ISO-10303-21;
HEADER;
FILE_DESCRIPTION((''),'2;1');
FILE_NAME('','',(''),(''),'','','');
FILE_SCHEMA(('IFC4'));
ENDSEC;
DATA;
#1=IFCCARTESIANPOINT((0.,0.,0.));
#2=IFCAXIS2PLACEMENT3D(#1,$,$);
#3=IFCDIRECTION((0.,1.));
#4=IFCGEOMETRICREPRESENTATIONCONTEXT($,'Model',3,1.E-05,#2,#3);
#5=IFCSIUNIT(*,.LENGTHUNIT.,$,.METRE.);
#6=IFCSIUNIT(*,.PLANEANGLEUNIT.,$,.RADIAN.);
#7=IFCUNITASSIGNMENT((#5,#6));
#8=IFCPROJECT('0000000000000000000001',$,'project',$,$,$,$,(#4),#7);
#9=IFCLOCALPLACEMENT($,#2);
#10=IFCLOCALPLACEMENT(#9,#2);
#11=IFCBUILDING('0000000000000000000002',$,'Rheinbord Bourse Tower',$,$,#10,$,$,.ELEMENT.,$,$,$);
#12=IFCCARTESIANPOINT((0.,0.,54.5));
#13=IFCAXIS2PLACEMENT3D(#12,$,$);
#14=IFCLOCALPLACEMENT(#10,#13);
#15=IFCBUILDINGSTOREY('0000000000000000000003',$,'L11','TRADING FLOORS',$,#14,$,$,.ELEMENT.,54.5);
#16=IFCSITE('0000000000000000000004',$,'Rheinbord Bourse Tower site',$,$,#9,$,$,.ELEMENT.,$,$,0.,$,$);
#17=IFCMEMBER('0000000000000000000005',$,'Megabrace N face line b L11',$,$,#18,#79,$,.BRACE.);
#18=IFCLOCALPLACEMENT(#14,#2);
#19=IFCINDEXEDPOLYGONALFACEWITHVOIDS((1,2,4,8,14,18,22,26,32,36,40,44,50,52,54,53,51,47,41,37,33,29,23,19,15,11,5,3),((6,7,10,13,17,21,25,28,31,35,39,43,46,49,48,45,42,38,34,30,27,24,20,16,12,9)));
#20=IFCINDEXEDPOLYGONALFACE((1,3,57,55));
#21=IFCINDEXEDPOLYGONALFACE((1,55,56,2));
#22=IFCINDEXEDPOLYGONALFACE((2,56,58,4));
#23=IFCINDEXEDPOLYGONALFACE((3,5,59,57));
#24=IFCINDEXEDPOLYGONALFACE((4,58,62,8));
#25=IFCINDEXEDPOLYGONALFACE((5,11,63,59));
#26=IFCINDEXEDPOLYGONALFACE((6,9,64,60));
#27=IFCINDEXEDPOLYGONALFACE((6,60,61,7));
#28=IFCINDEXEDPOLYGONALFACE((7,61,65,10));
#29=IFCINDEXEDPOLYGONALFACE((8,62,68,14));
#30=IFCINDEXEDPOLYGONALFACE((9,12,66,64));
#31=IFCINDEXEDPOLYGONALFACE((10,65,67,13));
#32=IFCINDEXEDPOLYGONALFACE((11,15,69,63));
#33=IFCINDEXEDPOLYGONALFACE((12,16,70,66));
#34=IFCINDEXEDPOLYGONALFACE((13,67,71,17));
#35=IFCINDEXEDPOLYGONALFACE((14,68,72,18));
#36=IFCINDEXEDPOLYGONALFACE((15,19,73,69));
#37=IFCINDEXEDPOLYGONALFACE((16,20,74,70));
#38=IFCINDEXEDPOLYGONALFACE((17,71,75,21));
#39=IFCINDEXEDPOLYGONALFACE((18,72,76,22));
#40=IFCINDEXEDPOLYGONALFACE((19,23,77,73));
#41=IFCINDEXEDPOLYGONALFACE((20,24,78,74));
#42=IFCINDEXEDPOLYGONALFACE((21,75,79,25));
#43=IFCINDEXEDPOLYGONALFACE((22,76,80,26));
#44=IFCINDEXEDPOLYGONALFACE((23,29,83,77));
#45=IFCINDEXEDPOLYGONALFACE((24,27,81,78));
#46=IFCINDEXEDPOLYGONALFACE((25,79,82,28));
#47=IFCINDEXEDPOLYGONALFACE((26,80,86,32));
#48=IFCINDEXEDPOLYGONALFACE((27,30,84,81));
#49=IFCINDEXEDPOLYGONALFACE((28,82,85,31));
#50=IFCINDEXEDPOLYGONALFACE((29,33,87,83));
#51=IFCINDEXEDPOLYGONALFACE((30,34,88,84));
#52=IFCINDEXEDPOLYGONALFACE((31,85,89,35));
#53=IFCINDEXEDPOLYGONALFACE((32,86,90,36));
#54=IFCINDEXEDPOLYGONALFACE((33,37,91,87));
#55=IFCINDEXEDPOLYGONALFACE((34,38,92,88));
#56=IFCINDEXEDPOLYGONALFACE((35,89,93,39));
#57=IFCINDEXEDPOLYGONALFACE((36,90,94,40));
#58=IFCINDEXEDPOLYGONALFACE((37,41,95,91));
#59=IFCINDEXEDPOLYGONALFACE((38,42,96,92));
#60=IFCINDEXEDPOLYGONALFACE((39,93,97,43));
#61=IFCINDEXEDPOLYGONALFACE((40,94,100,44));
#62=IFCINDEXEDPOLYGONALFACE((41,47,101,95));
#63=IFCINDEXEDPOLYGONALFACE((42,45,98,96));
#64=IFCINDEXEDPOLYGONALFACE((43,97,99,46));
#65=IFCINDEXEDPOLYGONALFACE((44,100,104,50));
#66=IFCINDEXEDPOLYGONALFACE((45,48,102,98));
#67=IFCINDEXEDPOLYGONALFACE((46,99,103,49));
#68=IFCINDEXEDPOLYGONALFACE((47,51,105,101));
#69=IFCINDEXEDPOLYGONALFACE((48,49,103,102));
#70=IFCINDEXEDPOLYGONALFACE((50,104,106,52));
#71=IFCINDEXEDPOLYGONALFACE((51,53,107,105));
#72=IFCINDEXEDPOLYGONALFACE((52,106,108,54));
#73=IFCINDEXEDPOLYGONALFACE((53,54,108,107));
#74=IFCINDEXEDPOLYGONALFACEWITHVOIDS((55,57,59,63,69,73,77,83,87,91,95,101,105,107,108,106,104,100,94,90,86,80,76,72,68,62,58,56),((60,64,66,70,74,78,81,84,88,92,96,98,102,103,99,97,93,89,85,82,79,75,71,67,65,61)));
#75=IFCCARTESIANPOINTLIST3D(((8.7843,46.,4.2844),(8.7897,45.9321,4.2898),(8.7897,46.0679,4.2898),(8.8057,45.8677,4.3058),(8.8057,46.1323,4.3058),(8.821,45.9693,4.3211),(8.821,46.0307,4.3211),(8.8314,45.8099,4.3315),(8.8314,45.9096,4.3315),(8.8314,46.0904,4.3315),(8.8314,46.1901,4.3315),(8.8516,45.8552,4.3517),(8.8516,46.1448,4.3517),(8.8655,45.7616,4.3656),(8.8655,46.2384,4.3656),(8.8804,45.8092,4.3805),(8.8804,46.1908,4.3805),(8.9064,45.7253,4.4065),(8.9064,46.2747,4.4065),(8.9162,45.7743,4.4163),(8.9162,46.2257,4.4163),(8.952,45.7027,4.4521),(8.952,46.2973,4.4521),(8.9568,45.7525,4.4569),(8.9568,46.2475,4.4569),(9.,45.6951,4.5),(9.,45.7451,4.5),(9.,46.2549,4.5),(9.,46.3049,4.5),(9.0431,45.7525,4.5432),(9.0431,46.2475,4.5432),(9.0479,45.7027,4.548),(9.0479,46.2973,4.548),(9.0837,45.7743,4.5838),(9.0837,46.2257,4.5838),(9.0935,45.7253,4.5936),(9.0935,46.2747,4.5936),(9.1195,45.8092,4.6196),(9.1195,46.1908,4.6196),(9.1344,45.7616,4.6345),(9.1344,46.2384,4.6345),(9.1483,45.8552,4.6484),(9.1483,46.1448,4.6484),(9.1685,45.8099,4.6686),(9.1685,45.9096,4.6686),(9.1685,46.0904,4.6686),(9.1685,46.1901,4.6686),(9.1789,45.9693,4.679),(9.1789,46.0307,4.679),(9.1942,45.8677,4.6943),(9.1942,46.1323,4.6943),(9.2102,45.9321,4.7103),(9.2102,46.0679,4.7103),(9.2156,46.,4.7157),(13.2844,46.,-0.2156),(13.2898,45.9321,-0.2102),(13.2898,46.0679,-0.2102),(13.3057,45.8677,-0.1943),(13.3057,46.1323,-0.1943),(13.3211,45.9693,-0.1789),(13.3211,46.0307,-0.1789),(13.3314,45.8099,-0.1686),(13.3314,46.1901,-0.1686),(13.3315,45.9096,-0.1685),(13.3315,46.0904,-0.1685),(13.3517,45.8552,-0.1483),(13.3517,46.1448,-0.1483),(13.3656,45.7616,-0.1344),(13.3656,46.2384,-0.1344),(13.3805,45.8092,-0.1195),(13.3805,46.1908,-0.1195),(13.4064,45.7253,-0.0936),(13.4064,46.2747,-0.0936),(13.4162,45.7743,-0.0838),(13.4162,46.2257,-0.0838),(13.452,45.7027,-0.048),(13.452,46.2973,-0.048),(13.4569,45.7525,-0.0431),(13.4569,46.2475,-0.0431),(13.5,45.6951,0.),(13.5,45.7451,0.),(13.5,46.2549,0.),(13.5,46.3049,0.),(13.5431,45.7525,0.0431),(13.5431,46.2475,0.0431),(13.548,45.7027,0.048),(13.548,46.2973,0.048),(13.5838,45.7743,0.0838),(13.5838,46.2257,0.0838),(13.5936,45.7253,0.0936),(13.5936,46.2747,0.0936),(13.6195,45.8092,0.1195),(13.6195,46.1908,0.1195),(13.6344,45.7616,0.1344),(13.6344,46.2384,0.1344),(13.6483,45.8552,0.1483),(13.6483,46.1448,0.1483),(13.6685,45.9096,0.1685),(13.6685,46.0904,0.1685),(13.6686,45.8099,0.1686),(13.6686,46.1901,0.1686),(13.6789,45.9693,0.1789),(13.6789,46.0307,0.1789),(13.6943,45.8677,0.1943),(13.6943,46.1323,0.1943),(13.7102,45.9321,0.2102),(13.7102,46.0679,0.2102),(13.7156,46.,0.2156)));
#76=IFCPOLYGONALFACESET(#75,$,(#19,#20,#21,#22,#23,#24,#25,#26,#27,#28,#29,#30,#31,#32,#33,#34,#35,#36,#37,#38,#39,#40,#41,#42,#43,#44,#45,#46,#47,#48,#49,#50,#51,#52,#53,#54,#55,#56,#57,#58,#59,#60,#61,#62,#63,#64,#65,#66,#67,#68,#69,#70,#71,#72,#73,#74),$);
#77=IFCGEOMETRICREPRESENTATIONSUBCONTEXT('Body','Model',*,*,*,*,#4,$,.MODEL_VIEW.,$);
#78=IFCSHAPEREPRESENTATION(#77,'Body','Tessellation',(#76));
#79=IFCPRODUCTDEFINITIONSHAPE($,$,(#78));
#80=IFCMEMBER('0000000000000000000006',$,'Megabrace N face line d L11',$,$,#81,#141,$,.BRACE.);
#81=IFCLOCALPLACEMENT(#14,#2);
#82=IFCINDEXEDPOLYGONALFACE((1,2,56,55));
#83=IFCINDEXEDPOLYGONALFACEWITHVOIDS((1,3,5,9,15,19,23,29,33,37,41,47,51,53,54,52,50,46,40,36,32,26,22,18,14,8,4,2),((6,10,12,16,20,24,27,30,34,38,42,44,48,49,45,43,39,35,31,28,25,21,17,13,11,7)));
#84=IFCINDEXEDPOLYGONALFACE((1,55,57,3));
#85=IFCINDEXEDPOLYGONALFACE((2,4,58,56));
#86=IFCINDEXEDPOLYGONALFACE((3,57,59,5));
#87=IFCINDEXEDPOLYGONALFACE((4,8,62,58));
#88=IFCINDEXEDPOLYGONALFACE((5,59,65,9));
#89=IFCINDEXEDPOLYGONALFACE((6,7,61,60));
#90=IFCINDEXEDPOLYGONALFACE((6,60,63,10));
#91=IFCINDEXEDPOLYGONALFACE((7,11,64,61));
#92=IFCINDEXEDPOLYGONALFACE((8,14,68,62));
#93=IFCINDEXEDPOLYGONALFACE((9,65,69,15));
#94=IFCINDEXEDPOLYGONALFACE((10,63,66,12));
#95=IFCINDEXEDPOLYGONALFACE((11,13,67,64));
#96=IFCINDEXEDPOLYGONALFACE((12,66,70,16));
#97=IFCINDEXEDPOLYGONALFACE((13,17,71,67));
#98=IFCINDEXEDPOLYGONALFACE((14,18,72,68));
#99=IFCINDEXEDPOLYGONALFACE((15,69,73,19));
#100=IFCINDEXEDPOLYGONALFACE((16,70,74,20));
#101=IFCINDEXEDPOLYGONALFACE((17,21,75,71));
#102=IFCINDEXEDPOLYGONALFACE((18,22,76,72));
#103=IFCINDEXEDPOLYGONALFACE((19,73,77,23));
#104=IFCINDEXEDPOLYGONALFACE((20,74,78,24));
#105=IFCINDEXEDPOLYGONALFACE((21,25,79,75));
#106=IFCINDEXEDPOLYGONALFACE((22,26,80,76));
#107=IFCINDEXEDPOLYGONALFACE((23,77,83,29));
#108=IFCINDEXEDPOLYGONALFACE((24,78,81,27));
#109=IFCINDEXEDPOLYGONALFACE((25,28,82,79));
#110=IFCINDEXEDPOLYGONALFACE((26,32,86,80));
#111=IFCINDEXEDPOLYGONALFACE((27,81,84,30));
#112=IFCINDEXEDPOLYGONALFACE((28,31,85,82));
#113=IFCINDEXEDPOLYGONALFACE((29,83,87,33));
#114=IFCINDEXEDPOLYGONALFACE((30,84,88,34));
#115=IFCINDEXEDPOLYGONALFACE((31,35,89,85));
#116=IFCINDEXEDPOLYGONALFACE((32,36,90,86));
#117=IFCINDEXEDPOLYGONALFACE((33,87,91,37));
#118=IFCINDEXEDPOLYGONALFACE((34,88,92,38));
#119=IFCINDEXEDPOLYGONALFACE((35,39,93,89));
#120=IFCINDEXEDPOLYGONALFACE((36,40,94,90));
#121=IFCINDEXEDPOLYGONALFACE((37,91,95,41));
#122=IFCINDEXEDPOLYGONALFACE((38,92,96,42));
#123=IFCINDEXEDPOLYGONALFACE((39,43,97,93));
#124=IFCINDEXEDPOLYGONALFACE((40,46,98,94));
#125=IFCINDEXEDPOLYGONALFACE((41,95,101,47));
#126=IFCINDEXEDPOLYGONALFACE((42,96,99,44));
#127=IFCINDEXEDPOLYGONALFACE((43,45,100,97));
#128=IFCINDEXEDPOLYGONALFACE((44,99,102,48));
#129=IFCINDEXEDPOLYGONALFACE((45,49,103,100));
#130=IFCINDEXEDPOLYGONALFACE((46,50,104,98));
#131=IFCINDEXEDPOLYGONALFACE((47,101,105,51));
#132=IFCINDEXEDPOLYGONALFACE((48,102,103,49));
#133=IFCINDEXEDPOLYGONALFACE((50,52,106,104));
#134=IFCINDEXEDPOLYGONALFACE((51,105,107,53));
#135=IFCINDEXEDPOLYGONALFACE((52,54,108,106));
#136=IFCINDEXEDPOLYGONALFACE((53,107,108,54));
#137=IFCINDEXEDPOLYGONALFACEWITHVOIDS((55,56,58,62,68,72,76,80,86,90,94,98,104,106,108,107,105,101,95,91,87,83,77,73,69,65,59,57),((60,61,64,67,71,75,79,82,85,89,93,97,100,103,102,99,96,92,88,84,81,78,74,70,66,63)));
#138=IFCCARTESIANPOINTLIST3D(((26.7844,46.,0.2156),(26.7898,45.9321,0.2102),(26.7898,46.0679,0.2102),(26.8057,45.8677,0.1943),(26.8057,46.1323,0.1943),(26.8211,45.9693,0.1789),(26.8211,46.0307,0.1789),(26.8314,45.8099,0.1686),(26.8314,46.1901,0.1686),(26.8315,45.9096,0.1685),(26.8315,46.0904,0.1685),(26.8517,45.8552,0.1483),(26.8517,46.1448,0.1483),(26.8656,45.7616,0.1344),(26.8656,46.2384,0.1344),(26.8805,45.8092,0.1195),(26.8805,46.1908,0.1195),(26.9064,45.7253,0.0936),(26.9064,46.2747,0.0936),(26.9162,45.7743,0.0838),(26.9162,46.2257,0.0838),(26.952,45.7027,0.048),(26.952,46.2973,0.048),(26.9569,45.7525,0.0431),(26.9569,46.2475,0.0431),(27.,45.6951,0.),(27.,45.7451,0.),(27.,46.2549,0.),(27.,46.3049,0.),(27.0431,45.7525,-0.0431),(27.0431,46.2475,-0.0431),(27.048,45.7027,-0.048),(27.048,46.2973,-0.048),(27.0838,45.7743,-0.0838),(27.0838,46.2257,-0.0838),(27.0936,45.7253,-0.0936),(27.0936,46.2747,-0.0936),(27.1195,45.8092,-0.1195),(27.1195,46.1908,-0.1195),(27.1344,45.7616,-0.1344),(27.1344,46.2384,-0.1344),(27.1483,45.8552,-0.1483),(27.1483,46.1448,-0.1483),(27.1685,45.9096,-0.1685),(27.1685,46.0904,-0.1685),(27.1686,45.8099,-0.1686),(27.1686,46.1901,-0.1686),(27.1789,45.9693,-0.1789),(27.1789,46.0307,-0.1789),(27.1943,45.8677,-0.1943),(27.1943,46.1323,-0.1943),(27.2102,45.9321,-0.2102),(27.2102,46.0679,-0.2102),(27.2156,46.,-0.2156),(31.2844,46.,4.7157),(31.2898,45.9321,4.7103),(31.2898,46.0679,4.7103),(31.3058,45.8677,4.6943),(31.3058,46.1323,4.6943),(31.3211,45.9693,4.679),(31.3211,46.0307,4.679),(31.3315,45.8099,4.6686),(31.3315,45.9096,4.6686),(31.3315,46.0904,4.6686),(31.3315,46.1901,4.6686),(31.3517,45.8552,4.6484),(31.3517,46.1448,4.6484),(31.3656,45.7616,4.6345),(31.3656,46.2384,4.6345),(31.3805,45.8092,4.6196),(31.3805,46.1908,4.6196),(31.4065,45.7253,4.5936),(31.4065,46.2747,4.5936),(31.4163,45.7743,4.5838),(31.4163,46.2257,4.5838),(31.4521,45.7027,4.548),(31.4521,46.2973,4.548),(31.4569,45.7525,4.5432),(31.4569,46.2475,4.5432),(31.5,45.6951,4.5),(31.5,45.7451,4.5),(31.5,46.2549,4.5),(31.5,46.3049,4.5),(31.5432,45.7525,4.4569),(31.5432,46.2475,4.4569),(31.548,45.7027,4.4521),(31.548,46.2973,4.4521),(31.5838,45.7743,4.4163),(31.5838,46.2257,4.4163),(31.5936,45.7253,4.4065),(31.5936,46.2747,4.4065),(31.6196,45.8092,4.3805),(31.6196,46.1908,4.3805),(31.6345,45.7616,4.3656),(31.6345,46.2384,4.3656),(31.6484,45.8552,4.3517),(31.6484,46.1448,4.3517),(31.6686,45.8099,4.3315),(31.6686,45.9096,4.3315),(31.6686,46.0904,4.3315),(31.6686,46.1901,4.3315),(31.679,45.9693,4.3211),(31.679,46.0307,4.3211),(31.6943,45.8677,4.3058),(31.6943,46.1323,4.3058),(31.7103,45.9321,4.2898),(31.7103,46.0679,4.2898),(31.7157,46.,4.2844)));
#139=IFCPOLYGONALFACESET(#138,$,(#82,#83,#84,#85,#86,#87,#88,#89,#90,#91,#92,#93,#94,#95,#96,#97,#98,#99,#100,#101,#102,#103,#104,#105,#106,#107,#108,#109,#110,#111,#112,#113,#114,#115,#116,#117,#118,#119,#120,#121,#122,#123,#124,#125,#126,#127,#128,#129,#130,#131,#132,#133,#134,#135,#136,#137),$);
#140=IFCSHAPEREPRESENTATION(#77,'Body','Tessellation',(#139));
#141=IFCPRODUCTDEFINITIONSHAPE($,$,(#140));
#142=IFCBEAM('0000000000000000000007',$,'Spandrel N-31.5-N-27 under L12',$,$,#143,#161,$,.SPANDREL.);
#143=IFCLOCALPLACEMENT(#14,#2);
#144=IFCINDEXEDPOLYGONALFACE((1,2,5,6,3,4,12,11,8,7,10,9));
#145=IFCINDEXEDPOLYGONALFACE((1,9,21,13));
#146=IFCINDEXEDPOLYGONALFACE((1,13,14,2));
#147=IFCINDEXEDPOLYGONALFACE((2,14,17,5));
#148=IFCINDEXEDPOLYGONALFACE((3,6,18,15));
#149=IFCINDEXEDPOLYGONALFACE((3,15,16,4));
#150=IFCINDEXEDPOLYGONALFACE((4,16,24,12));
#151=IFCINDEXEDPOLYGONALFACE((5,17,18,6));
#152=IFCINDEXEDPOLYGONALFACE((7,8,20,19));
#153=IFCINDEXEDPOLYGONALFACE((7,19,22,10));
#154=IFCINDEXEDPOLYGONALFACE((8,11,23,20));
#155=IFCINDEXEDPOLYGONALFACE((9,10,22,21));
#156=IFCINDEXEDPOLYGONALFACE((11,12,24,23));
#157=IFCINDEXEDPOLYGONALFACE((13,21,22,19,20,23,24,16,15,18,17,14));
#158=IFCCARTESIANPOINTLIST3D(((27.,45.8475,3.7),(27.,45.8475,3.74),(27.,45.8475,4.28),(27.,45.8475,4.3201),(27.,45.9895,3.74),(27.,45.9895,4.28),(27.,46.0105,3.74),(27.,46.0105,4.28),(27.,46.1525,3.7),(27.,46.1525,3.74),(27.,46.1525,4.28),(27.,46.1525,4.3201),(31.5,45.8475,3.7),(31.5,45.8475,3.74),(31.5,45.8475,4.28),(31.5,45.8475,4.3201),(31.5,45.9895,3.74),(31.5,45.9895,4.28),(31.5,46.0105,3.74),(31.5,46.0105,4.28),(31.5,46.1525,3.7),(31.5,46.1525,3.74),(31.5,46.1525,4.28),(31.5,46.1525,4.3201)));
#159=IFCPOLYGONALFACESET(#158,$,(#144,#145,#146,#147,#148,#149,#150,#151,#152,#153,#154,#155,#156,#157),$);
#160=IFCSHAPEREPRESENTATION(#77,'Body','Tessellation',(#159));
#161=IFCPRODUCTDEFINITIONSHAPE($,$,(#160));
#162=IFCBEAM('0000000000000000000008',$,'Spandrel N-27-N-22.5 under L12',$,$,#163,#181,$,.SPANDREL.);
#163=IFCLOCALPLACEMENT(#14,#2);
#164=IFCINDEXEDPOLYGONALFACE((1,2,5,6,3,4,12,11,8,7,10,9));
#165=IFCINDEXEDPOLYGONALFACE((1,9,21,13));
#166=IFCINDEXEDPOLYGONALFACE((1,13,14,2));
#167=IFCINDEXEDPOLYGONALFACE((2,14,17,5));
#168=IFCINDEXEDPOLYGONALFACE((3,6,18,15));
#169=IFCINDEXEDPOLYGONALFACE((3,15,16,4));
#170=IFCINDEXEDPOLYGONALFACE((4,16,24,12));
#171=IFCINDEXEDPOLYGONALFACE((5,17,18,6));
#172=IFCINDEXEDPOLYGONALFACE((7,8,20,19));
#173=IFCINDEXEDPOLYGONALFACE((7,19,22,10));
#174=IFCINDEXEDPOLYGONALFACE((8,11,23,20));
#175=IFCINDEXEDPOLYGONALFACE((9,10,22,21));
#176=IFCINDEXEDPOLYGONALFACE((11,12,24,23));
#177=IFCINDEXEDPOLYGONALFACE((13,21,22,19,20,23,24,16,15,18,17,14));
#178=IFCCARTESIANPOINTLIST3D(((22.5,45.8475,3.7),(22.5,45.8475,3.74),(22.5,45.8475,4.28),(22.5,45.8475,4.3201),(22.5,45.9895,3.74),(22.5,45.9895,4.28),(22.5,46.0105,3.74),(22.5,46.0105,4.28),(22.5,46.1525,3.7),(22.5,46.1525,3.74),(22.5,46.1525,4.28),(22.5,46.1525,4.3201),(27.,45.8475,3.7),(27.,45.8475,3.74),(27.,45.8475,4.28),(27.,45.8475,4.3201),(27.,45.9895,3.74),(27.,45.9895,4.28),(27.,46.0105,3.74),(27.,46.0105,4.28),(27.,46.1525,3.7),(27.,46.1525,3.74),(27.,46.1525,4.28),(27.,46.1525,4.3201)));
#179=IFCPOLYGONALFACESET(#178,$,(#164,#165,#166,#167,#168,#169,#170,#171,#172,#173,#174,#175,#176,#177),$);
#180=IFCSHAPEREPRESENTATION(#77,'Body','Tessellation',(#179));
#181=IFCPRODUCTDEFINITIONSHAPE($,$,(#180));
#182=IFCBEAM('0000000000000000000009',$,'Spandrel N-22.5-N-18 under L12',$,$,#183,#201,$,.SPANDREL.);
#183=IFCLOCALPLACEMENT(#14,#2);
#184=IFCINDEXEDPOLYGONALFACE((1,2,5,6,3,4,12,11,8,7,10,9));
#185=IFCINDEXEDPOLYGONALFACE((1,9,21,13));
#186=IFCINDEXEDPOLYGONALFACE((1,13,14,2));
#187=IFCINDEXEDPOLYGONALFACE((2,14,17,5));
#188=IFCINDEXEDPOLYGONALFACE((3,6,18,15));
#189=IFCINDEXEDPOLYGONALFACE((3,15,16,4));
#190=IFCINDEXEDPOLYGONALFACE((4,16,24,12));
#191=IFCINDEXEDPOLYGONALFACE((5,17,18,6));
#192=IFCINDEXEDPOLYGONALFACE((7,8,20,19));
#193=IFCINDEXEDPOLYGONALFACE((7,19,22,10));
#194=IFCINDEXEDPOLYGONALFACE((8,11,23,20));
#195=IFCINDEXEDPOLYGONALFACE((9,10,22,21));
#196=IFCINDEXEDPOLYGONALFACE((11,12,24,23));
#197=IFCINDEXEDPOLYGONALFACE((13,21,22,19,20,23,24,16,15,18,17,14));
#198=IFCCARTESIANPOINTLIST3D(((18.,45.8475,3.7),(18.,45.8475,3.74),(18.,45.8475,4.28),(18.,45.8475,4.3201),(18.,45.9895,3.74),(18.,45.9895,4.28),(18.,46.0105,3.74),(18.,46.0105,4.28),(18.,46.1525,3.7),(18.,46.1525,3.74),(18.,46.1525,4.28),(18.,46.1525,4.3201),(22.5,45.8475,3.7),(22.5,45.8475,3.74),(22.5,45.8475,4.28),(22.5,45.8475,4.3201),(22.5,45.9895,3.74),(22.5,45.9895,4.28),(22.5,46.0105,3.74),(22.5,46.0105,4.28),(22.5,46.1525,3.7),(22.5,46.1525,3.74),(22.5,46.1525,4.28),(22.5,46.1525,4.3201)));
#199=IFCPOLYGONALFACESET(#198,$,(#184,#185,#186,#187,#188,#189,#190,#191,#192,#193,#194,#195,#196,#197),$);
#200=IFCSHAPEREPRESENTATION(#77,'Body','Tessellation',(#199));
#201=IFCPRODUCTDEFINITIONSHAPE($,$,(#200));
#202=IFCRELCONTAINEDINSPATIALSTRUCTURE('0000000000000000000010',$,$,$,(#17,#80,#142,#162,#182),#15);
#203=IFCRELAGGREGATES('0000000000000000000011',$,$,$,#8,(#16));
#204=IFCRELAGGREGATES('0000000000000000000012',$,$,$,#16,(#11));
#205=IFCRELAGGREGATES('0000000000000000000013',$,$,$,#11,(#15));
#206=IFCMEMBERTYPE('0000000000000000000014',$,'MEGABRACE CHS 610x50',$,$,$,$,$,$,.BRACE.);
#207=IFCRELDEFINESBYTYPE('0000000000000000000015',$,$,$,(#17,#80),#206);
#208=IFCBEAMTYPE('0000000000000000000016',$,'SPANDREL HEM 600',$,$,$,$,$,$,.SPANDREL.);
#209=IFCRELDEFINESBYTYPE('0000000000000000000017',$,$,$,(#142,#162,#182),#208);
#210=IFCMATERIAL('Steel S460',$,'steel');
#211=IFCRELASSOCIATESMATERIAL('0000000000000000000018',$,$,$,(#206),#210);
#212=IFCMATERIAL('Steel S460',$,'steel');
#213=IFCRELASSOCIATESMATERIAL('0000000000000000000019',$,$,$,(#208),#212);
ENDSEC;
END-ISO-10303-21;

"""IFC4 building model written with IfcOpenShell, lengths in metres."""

from ifc_helpers import new_model, si_unit, direction, frame, origin, origin_2d, place, context, subcontext, project, spatial, hollow_circle, i_section, extrude, material, material_profile, profile_set, type_object, element, save


model = new_model("IFC4")

# Units and contexts
model_context = context("Model", 3, precision=1e-05, world=origin(), true_north=direction((0.0, 1.0)))
body_context = subcontext(model_context, "Body", "Model", "MODEL_VIEW")
ifc_project = project(units=[si_unit("LENGTHUNIT", "METRE"), si_unit("PLANEANGLEUNIT", "RADIAN")], contexts=[model_context])

# Site, building, storey
site_placement = place(None, origin())
site = spatial("IfcSite", under=ifc_project, at=site_placement, Name="Rheinbord Bourse Tower site", CompositionType="ELEMENT", RefElevation=0.0)
building_placement = place(site_placement, origin())
building = spatial("IfcBuilding", under=site, at=building_placement, Name="Rheinbord Bourse Tower", CompositionType="ELEMENT")
storey_placement = place(building_placement, frame((0.0, 0.0, 54.5)))
storey = spatial("IfcBuildingStorey", under=building, at=storey_placement, Name="L11", Description="TRADING FLOORS", CompositionType="ELEMENT", Elevation=54.5)

# Members
ifc_material_1 = material(Name="Steel S460", Category="steel")
ifc_material_profile_1 = material_profile(ifc_material_1, hollow_circle(Radius=0.3049, WallThickness=0.05, at=origin_2d()), Name="CHS 610x50")
ifc_profile_set_1 = profile_set([ifc_material_profile_1], Name="Steel S460")
member_type_1 = type_object("IfcMemberType", Name="MEGABRACE CHS 610x50", PredefinedType="BRACE", material=ifc_profile_set_1)
for number, where, z_axis, x_axis, name in (
    (1, (13.5, 46.0, 0.0), (-0.707107, 0.0, 0.707107), (0.0, -1.0, 0.0), "Megabrace N face line b L11"),
    (2, (27.0, 46.0, 0.0), (0.707107, 0.0, 0.707107), (0.0, 1.0, 0.0), "Megabrace N face line d L11"),
):
    element("IfcMember", number, at=place(storey_placement, frame(where, z_axis=z_axis, x_axis=x_axis)), inside=storey, type_object=member_type_1, Name=name, PredefinedType="BRACE", context=body_context, shape_type="SweptSolid", body=[
        extrude(hollow_circle(Radius=0.3049, WallThickness=0.05, at=origin_2d()), origin(), (0.0, 0.0, 1.0), 6.364),
    ])

# Beams
ifc_material_2 = material(Name="Steel S460", Category="steel")
ifc_material_profile_2 = material_profile(ifc_material_2, i_section(OverallWidth=0.3049, OverallDepth=0.6201, WebThickness=0.021, FlangeThickness=0.04, at=origin_2d()), Name="HEM 600")
ifc_profile_set_2 = profile_set([ifc_material_profile_2], Name="Steel S460")
beam_type_1 = type_object("IfcBeamType", Name="SPANDREL HEM 600", PredefinedType="SPANDREL", material=ifc_profile_set_2)
for number, where, z_axis, x_axis, name in (
    (3, (31.5, 46.0, 4.01), (-1.0, 0.0, 0.0), (0.0, -1.0, 0.0), "Spandrel N-31.5-N-27 under L12"),
    (4, (27.0, 46.0, 4.01), (-1.0, 0.0, 0.0), (0.0, -1.0, 0.0), "Spandrel N-27-N-22.5 under L12"),
    (5, (22.5, 46.0, 4.01), (-1.0, 0.0, 0.0), (0.0, -1.0, 0.0), "Spandrel N-22.5-N-18 under L12"),
):
    element("IfcBeam", number, at=place(storey_placement, frame(where, z_axis=z_axis, x_axis=x_axis)), inside=storey, type_object=beam_type_1, Name=name, PredefinedType="SPANDREL", context=body_context, shape_type="SweptSolid", body=[
        extrude(i_section(OverallWidth=0.3049, OverallDepth=0.6201, WebThickness=0.021, FlangeThickness=0.04, at=origin_2d()), origin(), (0.0, 0.0, 1.0), 4.5),
    ])

save(model, "model.ifc")
